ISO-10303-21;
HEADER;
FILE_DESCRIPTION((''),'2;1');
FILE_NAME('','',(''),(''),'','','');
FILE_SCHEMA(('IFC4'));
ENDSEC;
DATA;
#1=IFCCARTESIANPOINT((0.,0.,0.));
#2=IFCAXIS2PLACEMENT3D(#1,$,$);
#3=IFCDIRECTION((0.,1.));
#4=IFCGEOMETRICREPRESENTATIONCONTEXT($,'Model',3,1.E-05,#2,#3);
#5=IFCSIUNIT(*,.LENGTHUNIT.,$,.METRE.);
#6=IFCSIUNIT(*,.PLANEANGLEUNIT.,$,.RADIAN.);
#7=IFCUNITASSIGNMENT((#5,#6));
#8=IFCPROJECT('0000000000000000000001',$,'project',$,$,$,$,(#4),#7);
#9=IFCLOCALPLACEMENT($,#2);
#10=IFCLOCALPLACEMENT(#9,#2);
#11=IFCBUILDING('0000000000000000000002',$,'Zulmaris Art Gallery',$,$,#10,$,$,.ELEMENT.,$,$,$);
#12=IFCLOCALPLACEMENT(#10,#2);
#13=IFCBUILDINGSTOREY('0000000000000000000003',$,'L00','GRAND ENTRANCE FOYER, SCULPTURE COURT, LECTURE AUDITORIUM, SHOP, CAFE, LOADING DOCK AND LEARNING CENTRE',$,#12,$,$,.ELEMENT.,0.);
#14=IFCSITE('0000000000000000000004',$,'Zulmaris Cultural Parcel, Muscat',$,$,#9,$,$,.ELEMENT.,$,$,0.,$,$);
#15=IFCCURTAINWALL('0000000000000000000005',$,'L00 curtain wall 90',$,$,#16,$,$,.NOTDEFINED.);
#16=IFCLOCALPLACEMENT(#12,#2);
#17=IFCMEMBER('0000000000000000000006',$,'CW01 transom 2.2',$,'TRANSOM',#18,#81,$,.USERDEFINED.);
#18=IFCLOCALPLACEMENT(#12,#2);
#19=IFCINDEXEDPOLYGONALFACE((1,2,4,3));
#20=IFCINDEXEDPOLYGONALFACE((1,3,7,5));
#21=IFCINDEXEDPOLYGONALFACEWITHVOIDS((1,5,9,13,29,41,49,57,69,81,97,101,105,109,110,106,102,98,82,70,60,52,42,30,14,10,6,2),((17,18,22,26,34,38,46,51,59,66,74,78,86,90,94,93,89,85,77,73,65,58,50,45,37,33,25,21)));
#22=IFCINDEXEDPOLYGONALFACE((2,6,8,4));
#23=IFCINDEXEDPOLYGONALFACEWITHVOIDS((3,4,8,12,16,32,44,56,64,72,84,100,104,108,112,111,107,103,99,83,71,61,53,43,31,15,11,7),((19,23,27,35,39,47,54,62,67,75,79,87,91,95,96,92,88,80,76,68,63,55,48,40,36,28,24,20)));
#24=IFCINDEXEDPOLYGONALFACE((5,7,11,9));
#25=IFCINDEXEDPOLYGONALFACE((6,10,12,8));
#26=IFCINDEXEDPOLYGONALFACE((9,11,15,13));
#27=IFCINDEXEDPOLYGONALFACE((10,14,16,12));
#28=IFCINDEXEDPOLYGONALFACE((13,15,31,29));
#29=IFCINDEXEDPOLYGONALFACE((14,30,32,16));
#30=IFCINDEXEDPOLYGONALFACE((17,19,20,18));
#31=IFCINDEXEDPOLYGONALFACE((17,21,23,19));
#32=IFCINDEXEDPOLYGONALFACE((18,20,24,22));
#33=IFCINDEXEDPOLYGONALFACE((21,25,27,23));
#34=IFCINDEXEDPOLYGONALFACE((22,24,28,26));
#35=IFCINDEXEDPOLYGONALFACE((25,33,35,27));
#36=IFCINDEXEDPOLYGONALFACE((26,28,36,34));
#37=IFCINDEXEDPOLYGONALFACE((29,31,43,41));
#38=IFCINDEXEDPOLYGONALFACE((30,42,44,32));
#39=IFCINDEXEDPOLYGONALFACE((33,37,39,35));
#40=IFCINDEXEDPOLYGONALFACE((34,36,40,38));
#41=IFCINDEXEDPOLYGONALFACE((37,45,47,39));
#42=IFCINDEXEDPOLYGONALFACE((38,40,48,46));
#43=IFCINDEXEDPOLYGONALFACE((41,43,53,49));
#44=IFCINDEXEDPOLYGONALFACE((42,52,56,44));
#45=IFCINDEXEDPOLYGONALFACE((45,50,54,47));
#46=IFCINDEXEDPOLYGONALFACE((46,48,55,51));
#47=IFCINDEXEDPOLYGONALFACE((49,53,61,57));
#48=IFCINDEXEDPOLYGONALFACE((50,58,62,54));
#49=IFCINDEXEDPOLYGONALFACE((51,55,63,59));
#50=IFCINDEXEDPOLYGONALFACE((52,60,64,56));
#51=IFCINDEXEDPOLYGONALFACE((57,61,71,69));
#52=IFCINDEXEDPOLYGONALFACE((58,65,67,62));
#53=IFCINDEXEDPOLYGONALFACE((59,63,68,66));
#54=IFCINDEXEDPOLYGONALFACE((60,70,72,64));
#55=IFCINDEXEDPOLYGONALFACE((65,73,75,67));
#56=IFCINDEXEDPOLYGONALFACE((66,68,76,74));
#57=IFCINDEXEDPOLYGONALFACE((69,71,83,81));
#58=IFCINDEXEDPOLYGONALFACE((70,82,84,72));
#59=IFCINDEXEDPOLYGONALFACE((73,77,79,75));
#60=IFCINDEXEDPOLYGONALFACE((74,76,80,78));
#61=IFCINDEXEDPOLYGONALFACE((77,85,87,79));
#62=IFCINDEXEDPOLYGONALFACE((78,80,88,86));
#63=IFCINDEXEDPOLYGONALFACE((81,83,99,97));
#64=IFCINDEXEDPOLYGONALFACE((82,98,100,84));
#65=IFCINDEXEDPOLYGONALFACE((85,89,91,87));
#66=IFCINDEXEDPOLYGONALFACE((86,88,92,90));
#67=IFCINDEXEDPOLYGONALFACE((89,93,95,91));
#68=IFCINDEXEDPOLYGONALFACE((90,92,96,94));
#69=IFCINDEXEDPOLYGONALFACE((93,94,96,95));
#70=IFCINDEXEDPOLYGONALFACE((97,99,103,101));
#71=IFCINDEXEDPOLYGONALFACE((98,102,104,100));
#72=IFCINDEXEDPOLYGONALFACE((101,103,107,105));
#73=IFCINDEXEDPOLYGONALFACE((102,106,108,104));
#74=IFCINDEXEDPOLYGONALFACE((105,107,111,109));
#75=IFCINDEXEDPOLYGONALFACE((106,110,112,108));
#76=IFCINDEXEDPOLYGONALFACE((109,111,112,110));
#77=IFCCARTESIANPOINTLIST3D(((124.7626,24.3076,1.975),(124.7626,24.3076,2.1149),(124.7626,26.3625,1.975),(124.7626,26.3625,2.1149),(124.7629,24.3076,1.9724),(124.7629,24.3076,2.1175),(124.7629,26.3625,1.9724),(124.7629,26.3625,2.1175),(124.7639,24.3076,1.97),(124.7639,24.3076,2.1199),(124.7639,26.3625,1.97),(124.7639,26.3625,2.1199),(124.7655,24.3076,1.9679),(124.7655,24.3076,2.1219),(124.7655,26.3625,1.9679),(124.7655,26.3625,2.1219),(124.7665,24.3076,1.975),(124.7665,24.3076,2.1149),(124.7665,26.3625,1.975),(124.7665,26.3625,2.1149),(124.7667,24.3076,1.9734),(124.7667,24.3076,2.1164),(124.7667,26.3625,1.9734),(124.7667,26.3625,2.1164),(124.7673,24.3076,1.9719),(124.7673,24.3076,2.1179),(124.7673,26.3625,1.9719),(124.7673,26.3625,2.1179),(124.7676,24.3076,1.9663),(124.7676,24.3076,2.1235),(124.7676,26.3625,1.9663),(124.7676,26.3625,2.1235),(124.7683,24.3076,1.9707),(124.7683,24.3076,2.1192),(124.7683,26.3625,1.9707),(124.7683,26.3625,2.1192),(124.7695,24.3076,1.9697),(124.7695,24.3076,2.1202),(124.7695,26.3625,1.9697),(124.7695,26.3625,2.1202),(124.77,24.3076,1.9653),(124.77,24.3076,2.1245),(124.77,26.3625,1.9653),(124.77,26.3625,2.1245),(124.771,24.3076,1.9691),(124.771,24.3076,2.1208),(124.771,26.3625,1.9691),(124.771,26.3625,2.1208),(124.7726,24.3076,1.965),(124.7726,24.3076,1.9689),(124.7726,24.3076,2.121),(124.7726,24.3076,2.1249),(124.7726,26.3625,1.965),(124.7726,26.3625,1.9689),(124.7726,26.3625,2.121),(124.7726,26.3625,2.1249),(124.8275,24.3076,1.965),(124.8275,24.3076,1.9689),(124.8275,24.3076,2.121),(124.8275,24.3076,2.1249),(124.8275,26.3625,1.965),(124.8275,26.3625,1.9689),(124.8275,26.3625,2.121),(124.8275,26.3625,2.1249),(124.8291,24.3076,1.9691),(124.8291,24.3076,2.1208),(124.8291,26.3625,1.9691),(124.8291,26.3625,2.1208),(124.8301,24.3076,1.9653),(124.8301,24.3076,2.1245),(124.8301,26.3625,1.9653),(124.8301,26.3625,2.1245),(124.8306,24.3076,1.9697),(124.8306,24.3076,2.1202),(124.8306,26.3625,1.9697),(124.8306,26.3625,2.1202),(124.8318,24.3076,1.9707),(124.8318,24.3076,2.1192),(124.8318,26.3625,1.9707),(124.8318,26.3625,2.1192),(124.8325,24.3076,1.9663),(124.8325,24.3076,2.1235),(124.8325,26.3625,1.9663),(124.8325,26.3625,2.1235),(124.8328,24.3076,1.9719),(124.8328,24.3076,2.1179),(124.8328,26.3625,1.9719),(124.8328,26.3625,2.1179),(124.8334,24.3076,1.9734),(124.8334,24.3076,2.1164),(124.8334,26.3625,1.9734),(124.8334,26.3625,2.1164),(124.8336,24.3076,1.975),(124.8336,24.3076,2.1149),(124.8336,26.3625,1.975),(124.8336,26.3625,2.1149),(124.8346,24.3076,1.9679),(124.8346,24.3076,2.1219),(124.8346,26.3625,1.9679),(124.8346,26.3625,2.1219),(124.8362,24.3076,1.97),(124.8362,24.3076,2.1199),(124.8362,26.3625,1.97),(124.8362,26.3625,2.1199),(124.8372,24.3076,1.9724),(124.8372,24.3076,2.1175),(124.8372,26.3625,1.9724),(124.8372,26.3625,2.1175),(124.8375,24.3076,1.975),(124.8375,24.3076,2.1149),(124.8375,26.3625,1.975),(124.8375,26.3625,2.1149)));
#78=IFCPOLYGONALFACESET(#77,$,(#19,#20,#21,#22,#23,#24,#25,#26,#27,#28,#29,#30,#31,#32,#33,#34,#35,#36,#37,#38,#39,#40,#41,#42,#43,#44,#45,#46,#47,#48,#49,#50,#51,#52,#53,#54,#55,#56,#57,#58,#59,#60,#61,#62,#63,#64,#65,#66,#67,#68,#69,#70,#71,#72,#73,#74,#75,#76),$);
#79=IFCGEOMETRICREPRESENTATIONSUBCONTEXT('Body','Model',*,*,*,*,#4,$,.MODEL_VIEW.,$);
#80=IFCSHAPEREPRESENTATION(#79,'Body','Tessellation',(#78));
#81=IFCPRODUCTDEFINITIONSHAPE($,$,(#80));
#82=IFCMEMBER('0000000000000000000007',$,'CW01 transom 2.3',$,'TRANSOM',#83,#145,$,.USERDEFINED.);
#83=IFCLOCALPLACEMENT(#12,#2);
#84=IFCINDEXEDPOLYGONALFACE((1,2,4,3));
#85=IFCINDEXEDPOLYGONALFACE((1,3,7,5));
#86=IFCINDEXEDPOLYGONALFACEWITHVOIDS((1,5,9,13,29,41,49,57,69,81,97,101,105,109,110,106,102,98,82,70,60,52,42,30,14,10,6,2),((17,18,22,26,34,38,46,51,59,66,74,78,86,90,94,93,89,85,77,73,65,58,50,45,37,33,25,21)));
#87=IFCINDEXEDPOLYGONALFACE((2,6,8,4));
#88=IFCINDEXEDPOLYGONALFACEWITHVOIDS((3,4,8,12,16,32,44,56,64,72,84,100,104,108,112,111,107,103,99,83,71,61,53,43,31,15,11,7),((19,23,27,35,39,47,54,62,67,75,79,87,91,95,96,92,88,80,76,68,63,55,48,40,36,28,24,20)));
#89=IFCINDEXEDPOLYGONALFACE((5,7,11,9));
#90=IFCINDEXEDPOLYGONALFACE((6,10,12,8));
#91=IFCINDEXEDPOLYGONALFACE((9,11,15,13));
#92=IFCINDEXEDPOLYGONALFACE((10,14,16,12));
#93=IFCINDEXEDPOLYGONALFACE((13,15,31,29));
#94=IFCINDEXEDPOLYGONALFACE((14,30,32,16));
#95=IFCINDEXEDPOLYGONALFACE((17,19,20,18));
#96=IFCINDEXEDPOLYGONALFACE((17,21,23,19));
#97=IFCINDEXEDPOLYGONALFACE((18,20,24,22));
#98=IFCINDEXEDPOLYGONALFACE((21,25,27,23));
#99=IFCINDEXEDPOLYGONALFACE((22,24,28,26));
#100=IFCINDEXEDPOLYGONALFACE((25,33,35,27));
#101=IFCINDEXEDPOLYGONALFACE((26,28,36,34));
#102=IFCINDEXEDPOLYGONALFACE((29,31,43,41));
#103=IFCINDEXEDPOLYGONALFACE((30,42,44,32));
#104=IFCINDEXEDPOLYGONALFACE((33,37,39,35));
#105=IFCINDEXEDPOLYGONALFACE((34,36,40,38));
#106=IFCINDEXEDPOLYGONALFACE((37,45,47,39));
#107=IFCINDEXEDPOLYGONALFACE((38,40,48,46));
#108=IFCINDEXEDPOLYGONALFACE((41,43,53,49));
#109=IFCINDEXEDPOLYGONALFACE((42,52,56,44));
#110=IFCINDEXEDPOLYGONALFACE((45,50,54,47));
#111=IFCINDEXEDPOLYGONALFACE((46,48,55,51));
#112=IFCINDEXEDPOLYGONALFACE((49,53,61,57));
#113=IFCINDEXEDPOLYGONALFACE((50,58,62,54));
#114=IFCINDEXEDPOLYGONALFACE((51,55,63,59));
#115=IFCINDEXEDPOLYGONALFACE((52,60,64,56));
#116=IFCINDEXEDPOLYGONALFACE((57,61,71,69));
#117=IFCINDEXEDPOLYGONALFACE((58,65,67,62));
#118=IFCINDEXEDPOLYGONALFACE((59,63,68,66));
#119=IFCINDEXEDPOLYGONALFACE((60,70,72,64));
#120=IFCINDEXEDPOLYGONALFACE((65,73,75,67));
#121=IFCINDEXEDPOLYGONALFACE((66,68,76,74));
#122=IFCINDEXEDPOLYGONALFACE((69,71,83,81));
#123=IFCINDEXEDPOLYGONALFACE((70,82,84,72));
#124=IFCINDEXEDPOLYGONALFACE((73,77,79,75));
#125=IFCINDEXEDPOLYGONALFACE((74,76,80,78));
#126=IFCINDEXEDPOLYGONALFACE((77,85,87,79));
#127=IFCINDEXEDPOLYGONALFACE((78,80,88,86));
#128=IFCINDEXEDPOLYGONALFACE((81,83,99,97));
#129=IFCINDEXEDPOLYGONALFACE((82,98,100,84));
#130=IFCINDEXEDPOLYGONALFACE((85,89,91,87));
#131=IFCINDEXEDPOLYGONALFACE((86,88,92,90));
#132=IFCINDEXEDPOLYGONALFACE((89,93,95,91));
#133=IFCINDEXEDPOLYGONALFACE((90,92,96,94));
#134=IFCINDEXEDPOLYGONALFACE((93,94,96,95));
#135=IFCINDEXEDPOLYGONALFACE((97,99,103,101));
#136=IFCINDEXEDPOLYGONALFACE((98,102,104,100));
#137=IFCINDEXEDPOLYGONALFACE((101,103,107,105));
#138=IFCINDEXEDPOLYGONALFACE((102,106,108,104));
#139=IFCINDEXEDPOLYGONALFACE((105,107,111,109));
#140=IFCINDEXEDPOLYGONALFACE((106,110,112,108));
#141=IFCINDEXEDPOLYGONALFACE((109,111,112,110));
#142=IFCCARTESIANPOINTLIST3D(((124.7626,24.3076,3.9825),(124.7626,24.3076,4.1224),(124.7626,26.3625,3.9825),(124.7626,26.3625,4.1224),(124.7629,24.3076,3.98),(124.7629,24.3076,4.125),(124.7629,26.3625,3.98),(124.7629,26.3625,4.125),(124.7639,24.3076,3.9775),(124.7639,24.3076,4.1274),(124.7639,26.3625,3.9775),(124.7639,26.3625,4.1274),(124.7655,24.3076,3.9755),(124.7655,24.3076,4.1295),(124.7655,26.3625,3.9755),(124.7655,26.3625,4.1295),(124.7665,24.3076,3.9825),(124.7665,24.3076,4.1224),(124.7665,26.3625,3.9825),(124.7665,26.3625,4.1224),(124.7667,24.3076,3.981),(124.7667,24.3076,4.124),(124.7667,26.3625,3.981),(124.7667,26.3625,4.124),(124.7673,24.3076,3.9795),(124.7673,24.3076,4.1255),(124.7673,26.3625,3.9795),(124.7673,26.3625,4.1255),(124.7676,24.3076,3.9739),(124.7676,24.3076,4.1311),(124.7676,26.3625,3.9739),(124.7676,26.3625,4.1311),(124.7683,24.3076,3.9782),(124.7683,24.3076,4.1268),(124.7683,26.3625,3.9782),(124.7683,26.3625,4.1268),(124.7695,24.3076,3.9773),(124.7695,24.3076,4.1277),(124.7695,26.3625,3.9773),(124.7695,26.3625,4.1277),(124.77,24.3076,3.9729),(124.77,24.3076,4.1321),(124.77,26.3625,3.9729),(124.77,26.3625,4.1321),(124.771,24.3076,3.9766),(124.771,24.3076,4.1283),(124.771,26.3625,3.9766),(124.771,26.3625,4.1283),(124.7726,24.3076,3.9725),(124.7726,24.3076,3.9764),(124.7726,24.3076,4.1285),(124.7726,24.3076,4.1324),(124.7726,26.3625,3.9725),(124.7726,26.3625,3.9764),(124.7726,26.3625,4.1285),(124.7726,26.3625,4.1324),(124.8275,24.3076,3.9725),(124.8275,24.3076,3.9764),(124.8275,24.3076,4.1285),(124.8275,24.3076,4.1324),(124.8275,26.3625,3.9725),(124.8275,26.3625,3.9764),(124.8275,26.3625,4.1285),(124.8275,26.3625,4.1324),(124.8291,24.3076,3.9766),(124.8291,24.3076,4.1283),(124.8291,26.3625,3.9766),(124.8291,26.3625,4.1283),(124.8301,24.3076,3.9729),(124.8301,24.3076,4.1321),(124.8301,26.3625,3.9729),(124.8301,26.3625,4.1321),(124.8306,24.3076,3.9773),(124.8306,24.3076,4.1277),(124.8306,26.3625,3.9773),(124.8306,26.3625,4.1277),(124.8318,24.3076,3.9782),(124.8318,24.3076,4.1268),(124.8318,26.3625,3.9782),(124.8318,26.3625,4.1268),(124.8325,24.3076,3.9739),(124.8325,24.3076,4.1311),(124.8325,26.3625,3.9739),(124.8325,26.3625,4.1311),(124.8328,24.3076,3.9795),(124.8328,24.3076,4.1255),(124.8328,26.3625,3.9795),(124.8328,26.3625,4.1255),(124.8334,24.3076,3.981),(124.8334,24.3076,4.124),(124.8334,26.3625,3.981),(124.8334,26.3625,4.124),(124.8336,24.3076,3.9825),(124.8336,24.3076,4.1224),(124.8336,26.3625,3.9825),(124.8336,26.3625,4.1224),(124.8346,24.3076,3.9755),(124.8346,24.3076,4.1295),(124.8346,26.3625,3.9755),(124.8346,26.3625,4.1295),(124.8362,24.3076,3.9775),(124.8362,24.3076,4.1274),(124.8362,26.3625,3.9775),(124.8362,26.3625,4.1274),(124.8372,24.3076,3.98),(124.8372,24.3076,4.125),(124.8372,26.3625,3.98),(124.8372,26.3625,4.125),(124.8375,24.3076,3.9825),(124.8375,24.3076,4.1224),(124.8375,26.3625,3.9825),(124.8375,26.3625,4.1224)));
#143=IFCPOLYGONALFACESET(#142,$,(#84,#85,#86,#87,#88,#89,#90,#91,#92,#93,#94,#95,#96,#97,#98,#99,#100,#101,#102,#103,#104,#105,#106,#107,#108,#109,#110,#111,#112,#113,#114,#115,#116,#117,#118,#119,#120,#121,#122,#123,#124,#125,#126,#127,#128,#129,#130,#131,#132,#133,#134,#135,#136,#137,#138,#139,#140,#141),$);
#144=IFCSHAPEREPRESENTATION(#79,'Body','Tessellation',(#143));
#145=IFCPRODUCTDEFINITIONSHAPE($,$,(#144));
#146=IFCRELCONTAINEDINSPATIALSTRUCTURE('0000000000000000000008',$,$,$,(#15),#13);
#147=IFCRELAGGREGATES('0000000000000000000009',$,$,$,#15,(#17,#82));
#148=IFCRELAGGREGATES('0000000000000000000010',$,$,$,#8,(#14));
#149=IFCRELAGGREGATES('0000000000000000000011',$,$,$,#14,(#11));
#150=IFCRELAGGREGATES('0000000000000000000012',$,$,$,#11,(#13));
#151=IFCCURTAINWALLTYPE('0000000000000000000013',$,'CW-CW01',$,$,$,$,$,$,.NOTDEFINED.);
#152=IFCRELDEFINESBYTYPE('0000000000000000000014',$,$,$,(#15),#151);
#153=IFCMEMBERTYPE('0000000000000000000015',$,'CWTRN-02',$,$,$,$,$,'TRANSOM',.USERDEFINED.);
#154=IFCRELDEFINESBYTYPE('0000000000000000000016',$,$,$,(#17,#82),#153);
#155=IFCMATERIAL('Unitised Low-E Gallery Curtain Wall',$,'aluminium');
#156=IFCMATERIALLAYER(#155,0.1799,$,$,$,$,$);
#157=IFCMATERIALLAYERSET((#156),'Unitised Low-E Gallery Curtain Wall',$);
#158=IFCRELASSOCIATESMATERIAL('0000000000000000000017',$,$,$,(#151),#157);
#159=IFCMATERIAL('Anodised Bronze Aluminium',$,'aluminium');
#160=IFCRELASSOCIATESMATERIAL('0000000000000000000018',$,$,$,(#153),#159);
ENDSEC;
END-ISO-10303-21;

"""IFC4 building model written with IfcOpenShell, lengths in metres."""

from ifc_helpers import new_model, si_unit, direction, frame, origin, origin_2d, place, context, subcontext, project, spatial, hollow_rectangle, extrude, material, layer, layer_set, material_profile, profile_set, type_object, element, aggregate, save


model = new_model("IFC4")

# Units and contexts
model_context = context("Model", 3, precision=1e-05, world=origin(), true_north=direction((0.0, 1.0)))
body_context = subcontext(model_context, "Body", "Model", "MODEL_VIEW")
ifc_project = project(units=[si_unit("LENGTHUNIT", "METRE"), si_unit("PLANEANGLEUNIT", "RADIAN")], contexts=[model_context])

# Site, building, storey
site_placement = place(None, origin())
site = spatial("IfcSite", under=ifc_project, at=site_placement, Name="Zulmaris Cultural Parcel, Muscat", CompositionType="ELEMENT", RefElevation=0.0)
building_placement = place(site_placement, origin())
building = spatial("IfcBuilding", under=site, at=building_placement, Name="Zulmaris Art Gallery", CompositionType="ELEMENT")
storey_placement = place(building_placement, origin())
storey = spatial("IfcBuildingStorey", under=building, at=storey_placement, Name="L00", Description="GRAND ENTRANCE FOYER, SCULPTURE COURT, LECTURE AUDITORIUM, SHOP, CAFE, LOADING DOCK AND LEARNING CENTRE", CompositionType="ELEMENT", Elevation=0.0)

# Curtain wall
ifc_material_1 = material(Name="Unitised Low-E Gallery Curtain Wall", Category="aluminium")
ifc_layer_1 = layer(ifc_material_1, 0.1799)
ifc_layer_set_1 = layer_set([ifc_layer_1], Name="Unitised Low-E Gallery Curtain Wall")
curtain_wall_type_1 = type_object("IfcCurtainWallType", Name="CW-CW01", PredefinedType="NOTDEFINED", material=ifc_layer_set_1)
curtain_wall_1_placement = place(storey_placement, origin())
curtain_wall_1 = element("IfcCurtainWall", 1, at=curtain_wall_1_placement, inside=storey, type_object=curtain_wall_type_1, Name="L00 curtain wall 90", PredefinedType="NOTDEFINED")
ifc_material_2 = material(Name="Anodised Bronze Aluminium", Category="aluminium")

# Members
ifc_material_profile_1 = material_profile(ifc_material_2, hollow_rectangle(XDim=0.075, YDim=0.1599, WallThickness=0.0039, InnerFilletRadius=0.0061, OuterFilletRadius=0.01, at=origin_2d()), Name="ALU 75x160x4")
ifc_profile_set_1 = profile_set([ifc_material_profile_1], Name="Anodised Bronze Aluminium")
member_type_1 = type_object("IfcMemberType", Name="CWTRN-02", ElementType="TRANSOM", PredefinedType="USERDEFINED", material=ifc_profile_set_1)
member_1_placement = place(storey_placement, frame((124.8, 24.3076, 2.0449), z_axis=(0.0, 1.0, 0.0), x_axis=(-1.0, 0.0, 0.0)))
member_1 = element("IfcMember", 2, at=member_1_placement, type_object=member_type_1, Name="CW01 transom 2.2", ObjectType="TRANSOM", PredefinedType="USERDEFINED", context=body_context, shape_type="SweptSolid", body=[
    extrude(hollow_rectangle(XDim=0.075, YDim=0.1599, WallThickness=0.0039, InnerFilletRadius=0.0061, OuterFilletRadius=0.01, at=origin_2d()), origin(), (0.0, 0.0, 1.0), 2.0549),
])
member_2_placement = place(storey_placement, frame((124.8, 24.3076, 4.0525), z_axis=(0.0, 1.0, 0.0), x_axis=(-1.0, 0.0, 0.0)))
member_2 = element("IfcMember", 3, at=member_2_placement, type_object=member_type_1, Name="CW01 transom 2.3", ObjectType="TRANSOM", PredefinedType="USERDEFINED", context=body_context, shape_type="SweptSolid", body=[
    extrude(hollow_rectangle(XDim=0.075, YDim=0.1599, WallThickness=0.0039, InnerFilletRadius=0.0061, OuterFilletRadius=0.01, at=origin_2d()), origin(), (0.0, 0.0, 1.0), 2.0549),
])

aggregate(curtain_wall_1, [member_1, member_2])

save(model, "model.ifc")
